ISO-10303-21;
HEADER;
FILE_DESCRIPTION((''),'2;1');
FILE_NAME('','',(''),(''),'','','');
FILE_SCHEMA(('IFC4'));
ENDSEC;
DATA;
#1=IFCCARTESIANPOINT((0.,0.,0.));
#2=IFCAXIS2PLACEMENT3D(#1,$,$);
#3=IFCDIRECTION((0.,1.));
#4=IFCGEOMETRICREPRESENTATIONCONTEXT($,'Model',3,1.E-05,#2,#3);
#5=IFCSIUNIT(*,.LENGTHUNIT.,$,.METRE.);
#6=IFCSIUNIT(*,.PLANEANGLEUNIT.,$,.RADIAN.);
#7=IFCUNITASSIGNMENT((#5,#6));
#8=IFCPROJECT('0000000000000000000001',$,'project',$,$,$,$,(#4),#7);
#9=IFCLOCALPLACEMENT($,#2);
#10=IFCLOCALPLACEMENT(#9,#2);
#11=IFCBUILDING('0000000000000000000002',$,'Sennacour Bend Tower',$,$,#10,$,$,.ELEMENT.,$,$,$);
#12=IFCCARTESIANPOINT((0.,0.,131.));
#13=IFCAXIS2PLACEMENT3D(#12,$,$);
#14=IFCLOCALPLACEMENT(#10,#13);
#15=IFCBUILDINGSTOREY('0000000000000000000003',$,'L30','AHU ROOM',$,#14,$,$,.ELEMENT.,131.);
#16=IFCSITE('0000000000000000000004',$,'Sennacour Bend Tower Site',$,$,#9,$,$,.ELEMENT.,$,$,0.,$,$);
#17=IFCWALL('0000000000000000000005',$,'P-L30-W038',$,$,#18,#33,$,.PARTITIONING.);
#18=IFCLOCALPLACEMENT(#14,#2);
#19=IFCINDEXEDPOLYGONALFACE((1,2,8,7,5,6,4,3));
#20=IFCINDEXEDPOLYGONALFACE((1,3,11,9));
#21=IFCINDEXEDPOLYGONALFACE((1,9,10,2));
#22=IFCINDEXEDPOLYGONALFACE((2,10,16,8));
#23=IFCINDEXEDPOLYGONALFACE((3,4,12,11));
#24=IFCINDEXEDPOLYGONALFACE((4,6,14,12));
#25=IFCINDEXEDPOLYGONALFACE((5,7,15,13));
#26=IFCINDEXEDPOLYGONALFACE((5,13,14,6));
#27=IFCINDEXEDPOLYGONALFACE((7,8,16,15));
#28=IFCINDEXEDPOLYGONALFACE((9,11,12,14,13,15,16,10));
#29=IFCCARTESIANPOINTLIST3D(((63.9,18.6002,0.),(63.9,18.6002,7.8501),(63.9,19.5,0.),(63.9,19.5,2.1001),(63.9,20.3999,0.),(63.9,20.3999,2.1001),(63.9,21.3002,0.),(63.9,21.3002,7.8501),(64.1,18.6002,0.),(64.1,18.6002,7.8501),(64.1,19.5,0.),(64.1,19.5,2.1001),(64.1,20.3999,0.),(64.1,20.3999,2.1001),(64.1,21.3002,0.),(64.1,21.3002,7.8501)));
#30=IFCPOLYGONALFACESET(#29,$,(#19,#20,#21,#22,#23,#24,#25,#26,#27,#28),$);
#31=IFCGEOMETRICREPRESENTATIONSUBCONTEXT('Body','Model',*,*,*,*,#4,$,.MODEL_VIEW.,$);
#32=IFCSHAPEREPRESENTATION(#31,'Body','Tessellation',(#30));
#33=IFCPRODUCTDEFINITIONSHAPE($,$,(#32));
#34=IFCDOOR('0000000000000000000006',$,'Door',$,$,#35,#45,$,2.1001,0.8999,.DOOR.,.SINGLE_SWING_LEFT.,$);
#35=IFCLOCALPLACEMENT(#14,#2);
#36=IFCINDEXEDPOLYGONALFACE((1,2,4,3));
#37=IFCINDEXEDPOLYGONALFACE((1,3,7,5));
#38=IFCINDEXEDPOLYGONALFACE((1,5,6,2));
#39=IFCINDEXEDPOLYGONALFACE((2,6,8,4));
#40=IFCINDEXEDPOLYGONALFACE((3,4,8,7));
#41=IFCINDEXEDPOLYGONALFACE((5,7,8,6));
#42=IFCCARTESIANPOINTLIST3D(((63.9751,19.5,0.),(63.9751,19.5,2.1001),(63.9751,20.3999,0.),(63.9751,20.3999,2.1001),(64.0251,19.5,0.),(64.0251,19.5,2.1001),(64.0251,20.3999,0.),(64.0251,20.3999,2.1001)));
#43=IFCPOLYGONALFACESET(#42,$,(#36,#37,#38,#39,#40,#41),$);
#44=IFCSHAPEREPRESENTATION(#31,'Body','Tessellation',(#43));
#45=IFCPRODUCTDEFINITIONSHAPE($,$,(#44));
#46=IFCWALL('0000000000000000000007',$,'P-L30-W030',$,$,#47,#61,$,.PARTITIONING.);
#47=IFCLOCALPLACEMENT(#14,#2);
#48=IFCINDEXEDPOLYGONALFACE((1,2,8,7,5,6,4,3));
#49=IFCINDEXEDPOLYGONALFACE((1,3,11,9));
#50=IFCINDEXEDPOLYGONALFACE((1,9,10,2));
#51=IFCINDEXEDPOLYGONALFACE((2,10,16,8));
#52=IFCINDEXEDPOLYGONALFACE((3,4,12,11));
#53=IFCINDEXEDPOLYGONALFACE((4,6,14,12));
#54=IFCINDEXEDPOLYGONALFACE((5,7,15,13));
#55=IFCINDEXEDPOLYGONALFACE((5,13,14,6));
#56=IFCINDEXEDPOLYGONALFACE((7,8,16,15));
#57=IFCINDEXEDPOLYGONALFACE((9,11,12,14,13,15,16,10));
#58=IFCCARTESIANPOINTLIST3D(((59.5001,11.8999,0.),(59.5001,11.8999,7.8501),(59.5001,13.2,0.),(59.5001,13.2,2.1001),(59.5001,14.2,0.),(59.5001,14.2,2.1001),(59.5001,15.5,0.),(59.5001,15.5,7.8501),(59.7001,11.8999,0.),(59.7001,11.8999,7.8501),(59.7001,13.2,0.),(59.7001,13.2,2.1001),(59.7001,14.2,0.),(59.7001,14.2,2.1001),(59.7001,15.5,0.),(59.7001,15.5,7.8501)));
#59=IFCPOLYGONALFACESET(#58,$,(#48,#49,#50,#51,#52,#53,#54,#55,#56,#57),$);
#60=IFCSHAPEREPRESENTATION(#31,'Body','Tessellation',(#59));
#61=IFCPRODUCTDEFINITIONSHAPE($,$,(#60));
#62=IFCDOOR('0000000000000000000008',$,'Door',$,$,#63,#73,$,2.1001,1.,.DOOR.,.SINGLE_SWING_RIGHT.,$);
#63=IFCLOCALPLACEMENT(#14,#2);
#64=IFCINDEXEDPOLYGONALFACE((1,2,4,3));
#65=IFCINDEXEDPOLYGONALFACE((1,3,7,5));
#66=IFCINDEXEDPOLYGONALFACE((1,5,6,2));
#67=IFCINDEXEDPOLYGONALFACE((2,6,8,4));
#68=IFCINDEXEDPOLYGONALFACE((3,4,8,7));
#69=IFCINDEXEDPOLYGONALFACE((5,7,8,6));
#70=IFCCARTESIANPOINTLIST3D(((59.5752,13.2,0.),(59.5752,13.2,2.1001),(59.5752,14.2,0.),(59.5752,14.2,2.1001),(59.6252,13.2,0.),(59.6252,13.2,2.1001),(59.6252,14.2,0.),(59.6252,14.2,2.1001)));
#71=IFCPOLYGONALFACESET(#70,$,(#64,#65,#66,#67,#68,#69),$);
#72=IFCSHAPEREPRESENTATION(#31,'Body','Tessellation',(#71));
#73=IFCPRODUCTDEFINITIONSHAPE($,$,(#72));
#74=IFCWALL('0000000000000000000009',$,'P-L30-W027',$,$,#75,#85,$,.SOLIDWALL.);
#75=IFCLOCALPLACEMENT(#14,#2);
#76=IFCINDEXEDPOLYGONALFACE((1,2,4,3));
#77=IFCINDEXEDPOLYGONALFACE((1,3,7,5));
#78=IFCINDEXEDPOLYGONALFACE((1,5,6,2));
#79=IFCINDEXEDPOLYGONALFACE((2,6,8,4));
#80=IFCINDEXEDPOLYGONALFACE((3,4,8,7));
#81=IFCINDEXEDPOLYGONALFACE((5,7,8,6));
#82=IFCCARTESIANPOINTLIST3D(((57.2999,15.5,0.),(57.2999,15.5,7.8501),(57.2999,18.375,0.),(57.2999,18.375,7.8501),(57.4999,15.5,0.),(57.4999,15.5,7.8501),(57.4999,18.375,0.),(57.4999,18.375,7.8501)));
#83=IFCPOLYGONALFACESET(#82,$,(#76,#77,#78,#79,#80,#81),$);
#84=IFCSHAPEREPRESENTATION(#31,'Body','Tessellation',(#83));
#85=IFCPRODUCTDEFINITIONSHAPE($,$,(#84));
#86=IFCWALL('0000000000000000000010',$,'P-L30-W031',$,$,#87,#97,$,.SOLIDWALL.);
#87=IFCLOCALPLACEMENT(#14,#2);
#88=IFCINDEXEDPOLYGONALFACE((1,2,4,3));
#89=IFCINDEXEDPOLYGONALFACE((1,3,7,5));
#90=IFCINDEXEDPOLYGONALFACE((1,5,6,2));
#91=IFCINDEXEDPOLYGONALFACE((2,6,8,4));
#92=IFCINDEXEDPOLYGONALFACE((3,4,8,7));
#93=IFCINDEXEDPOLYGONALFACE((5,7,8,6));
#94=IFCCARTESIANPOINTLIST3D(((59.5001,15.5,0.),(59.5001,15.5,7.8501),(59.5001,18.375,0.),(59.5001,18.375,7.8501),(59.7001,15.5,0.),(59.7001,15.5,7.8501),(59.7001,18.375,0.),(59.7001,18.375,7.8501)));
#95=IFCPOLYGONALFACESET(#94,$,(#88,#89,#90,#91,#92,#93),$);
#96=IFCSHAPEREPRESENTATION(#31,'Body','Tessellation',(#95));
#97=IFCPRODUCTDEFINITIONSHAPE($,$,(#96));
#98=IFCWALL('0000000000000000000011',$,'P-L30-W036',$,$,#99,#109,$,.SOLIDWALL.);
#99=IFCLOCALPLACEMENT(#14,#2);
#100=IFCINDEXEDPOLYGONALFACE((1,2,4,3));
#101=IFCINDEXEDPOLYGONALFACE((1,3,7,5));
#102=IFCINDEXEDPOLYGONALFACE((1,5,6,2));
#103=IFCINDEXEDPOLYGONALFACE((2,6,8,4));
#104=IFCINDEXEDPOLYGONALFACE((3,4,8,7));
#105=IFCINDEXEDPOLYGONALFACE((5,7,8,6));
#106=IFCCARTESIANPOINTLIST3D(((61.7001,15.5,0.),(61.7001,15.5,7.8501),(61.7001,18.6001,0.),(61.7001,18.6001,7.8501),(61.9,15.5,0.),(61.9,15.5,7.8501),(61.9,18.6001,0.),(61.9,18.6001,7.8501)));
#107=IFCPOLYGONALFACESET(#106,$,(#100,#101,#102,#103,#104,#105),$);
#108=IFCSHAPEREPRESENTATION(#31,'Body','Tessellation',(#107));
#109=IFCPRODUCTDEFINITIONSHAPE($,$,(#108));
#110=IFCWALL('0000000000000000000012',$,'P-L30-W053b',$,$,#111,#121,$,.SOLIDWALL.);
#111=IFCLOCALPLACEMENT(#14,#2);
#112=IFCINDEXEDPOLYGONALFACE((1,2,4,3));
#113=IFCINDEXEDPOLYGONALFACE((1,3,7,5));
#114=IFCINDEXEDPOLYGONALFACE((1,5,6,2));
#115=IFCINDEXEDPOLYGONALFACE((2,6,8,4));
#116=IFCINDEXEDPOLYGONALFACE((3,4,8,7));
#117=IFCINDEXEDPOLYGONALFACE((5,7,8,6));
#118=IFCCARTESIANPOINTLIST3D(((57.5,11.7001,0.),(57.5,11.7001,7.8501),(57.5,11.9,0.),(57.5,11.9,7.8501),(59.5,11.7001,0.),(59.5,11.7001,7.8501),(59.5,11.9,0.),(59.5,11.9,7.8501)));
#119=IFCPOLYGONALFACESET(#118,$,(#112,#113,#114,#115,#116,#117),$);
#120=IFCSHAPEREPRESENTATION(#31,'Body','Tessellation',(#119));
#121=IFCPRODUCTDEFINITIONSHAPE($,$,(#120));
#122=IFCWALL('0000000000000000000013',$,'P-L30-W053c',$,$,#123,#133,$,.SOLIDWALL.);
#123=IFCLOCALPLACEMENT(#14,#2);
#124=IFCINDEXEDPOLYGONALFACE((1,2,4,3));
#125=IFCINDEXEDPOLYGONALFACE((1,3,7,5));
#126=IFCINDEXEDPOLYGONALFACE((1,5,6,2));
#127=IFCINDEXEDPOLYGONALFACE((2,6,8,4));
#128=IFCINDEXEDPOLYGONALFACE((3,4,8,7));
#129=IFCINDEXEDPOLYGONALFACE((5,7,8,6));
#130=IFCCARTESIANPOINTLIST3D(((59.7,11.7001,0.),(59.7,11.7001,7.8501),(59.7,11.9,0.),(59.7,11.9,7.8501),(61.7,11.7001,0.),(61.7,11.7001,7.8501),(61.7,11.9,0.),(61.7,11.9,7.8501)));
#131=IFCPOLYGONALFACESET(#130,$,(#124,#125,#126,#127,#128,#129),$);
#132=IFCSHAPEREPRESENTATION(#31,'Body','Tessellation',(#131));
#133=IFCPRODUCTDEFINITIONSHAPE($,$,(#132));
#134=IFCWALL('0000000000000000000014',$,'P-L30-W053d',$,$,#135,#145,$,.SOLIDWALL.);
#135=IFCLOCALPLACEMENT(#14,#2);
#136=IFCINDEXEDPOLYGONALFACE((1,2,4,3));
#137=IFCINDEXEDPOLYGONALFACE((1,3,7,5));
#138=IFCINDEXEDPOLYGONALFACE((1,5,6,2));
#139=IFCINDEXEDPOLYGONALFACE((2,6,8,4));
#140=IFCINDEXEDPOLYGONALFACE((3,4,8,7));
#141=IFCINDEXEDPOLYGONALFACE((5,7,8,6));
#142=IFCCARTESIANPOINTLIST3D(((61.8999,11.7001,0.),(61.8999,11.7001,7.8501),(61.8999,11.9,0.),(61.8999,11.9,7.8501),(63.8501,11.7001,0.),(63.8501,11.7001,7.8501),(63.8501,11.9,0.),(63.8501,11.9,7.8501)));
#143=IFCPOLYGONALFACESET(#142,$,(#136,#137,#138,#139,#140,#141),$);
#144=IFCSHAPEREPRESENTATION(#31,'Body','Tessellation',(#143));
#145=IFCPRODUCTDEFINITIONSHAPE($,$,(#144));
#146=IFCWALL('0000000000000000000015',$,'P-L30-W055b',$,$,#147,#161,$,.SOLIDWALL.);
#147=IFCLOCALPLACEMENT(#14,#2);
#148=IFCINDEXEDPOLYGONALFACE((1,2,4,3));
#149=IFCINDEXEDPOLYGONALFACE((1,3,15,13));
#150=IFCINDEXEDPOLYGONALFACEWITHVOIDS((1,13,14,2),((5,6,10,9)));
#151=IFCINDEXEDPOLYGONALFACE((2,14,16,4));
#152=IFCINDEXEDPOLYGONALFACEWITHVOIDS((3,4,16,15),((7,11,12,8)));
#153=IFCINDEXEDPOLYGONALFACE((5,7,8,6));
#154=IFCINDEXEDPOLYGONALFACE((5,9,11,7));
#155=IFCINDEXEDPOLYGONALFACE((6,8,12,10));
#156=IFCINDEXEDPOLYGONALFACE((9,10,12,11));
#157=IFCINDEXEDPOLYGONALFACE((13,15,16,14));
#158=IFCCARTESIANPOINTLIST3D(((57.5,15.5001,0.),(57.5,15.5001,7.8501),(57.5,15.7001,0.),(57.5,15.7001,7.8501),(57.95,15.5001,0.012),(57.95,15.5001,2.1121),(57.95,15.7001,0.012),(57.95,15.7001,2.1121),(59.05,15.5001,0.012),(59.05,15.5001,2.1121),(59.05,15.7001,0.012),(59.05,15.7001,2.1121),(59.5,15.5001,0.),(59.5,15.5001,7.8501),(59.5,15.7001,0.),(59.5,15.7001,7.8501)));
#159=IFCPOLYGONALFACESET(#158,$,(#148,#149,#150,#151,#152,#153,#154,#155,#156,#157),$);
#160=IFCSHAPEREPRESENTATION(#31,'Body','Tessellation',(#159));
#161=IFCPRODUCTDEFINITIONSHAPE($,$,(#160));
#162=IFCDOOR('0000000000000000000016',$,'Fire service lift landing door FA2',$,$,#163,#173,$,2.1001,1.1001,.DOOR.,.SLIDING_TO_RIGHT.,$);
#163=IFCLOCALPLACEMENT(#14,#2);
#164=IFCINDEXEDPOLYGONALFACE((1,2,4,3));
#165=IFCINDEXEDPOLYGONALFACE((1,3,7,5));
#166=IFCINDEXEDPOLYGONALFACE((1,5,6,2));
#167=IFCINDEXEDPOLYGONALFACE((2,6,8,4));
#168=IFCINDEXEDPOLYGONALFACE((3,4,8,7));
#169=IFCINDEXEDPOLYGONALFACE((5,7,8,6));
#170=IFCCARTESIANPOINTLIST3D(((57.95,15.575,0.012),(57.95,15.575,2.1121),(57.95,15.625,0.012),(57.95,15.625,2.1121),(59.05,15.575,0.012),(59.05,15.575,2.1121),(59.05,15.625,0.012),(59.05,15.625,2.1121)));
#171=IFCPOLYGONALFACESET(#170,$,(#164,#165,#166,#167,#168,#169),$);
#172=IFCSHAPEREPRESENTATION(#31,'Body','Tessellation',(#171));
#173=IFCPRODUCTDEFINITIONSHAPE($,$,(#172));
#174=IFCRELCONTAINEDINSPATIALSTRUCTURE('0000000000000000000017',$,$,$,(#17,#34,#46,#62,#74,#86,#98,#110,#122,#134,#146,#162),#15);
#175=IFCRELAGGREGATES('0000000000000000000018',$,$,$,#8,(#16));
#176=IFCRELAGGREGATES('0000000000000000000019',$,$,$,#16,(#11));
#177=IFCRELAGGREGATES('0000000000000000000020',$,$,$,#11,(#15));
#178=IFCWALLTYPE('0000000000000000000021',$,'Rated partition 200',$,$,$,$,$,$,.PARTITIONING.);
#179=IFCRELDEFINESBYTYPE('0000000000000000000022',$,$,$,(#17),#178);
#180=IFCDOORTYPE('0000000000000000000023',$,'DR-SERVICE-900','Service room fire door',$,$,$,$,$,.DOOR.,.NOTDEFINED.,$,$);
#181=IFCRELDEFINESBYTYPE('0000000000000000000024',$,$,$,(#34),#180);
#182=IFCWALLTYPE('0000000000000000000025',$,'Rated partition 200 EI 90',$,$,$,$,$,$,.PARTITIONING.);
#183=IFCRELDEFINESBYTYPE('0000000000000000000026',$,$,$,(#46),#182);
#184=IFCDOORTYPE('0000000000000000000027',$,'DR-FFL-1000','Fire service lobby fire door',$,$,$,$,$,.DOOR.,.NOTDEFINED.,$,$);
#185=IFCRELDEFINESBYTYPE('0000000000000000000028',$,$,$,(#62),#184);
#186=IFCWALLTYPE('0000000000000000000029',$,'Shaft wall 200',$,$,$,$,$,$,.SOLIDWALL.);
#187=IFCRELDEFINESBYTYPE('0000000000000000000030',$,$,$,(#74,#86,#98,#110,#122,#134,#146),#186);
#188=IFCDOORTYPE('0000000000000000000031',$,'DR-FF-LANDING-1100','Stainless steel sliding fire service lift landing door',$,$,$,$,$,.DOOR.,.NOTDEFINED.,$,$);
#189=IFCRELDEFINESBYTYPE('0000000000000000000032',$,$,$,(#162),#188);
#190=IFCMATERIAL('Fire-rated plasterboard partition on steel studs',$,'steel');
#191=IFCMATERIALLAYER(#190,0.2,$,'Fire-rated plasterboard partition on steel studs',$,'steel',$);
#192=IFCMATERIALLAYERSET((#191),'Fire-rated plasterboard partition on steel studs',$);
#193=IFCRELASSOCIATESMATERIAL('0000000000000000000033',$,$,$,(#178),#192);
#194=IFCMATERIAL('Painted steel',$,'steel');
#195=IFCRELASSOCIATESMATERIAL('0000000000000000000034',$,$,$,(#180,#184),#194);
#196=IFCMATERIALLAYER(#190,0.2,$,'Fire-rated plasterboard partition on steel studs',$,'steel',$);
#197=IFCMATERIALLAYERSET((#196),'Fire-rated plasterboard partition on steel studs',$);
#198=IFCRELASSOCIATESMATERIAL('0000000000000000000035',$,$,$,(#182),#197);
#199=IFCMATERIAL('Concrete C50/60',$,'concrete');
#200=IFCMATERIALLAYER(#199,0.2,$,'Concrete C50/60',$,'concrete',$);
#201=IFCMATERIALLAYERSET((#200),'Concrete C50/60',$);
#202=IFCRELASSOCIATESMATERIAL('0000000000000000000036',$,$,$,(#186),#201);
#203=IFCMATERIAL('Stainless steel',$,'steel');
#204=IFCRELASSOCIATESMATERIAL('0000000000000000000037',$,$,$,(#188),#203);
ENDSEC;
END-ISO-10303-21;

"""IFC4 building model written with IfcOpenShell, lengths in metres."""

from ifc_helpers import new_model, si_unit, direction, frame, frame_2d, origin, place, context, subcontext, project, spatial, rectangle, extrude, material, layer, layer_set, type_object, element, fill, save


model = new_model("IFC4")

# Units and contexts
model_context = context("Model", 3, precision=1e-05, world=origin(), true_north=direction((0.0, 1.0)))
body_context = subcontext(model_context, "Body", "Model", "MODEL_VIEW")
ifc_project = project(units=[si_unit("LENGTHUNIT", "METRE"), si_unit("PLANEANGLEUNIT", "RADIAN")], contexts=[model_context])

# Site, building, storey
site_placement = place(None, origin())
site = spatial("IfcSite", under=ifc_project, at=site_placement, Name="Sennacour Bend Tower Site", CompositionType="ELEMENT", RefElevation=0.0)
building_placement = place(site_placement, origin())
building = spatial("IfcBuilding", under=site, at=building_placement, Name="Sennacour Bend Tower", CompositionType="ELEMENT")
storey_placement = place(building_placement, frame((0.0, 0.0, 131.0)))
storey = spatial("IfcBuildingStorey", under=building, at=storey_placement, Name="L30", Description="AHU ROOM", CompositionType="ELEMENT", Elevation=131.0)

# Walls, openings, doors
ifc_material_1 = material(Name="Fire-rated plasterboard partition on steel studs", Category="steel")
ifc_layer_1 = layer(ifc_material_1, 0.2, Name="Fire-rated plasterboard partition on steel studs", Category="steel")
ifc_layer_set_1 = layer_set([ifc_layer_1], Name="Fire-rated plasterboard partition on steel studs")
wall_type_1 = type_object("IfcWallType", Name="Rated partition 200", PredefinedType="PARTITIONING", material=ifc_layer_set_1)
wall_1_placement = place(storey_placement, frame((64.0, 18.6001, 0.0), z_axis=(0.0, 0.0, 1.0), x_axis=(0.0, 1.0, 0.0)))
wall_1 = element("IfcWall", 1, at=wall_1_placement, inside=storey, type_object=wall_type_1, Name="P-L30-W038", PredefinedType="PARTITIONING", context=body_context, shape_type="SweptSolid", body=[
    extrude(rectangle(XDim=2.7, YDim=0.2, at=frame_2d((1.3501, 0.0))), origin(), (0.0, 0.0, 1.0), 7.8501),
])
opening_1_placement = place(wall_1_placement, frame((0.8999, 0.0, 0.0)))
opening_1 = element("IfcOpeningElement", 2, at=opening_1_placement, cuts=wall_1, PredefinedType="OPENING", context=body_context, shape_type="SweptSolid", body=[
    extrude(rectangle(XDim=0.8999, YDim=2.1001, at=frame_2d((0.45, 1.05))), frame((0.0, 0.1099, 0.0), z_axis=(0.0, -1.0, 0.0), x_axis=(1.0, 0.0, 0.0)), (0.0, 0.0, 1.0), 0.22),
])
ifc_material_2 = material(Name="Painted steel", Category="steel")
door_type_1 = type_object("IfcDoorType", Name="DR-SERVICE-900", Description="Service room fire door", OperationType="NOTDEFINED", PredefinedType="DOOR", material=ifc_material_2)
door_1_placement = place(opening_1_placement, origin())
door_1 = element("IfcDoor", 3, at=door_1_placement, inside=storey, type_object=door_type_1, Name="Door", OperationType="SINGLE_SWING_LEFT", OverallHeight=2.1001, OverallWidth=0.8999, PredefinedType="DOOR", context=body_context, shape_type="SweptSolid", body=[
    extrude(rectangle(XDim=0.8999, YDim=2.1001, at=frame_2d((0.45, 1.05))), frame((0.0, 0.0249, 0.0), z_axis=(0.0, -1.0, 0.0), x_axis=(1.0, 0.0, 0.0)), (0.0, 0.0, 1.0), 0.05),
])
fill(opening_1, door_1)
ifc_layer_2 = layer(ifc_material_1, 0.2, Name="Fire-rated plasterboard partition on steel studs", Category="steel")
ifc_layer_set_2 = layer_set([ifc_layer_2], Name="Fire-rated plasterboard partition on steel studs")
wall_type_2 = type_object("IfcWallType", Name="Rated partition 200 EI 90", PredefinedType="PARTITIONING", material=ifc_layer_set_2)
wall_2_placement = place(storey_placement, frame((59.6001, 11.8999, 0.0), z_axis=(0.0, 0.0, 1.0), x_axis=(0.0, 1.0, 0.0)))
wall_2 = element("IfcWall", 4, at=wall_2_placement, inside=storey, type_object=wall_type_2, Name="P-L30-W030", PredefinedType="PARTITIONING", context=body_context, shape_type="SweptSolid", body=[
    extrude(rectangle(XDim=3.6001, YDim=0.2, at=frame_2d((1.8, 0.0))), origin(), (0.0, 0.0, 1.0), 7.8501),
])
opening_2_placement = place(wall_2_placement, frame((1.3, 0.0, 0.0)))
opening_2 = element("IfcOpeningElement", 5, at=opening_2_placement, cuts=wall_2, PredefinedType="OPENING", context=body_context, shape_type="SweptSolid", body=[
    extrude(rectangle(XDim=1.0, YDim=2.1001, at=frame_2d((0.5, 1.05))), frame((0.0, 0.1099, 0.0), z_axis=(0.0, -1.0, 0.0), x_axis=(1.0, 0.0, 0.0)), (0.0, 0.0, 1.0), 0.22),
])
door_type_2 = type_object("IfcDoorType", Name="DR-FFL-1000", Description="Fire service lobby fire door", OperationType="NOTDEFINED", PredefinedType="DOOR", material=ifc_material_2)
door_2_placement = place(opening_2_placement, origin())
door_2 = element("IfcDoor", 6, at=door_2_placement, inside=storey, type_object=door_type_2, Name="Door", OperationType="SINGLE_SWING_RIGHT", OverallHeight=2.1001, OverallWidth=1.0, PredefinedType="DOOR", context=body_context, shape_type="SweptSolid", body=[
    extrude(rectangle(XDim=1.0, YDim=2.1001, at=frame_2d((0.5, 1.05))), frame((0.0, 0.0249, 0.0), z_axis=(0.0, -1.0, 0.0), x_axis=(1.0, 0.0, 0.0)), (0.0, 0.0, 1.0), 0.05),
])
fill(opening_2, door_2)

# Walls
ifc_material_3 = material(Name="Concrete C50/60", Category="concrete")
ifc_layer_3 = layer(ifc_material_3, 0.2, Name="Concrete C50/60", Category="concrete")
ifc_layer_set_3 = layer_set([ifc_layer_3], Name="Concrete C50/60")
wall_type_3 = type_object("IfcWallType", Name="Shaft wall 200", PredefinedType="SOLIDWALL", material=ifc_layer_set_3)
for number, where, z_axis, x_axis, name in (
    (7, (57.3999, 15.5, 0.0), (0.0, 0.0, 1.0), (0.0, 1.0, 0.0), "P-L30-W027"),
    (8, (59.6001, 15.5, 0.0), (0.0, 0.0, 1.0), (0.0, 1.0, 0.0), "P-L30-W031"),
):
    element("IfcWall", number, at=place(storey_placement, frame(where, z_axis=z_axis, x_axis=x_axis)), inside=storey, type_object=wall_type_3, Name=name, PredefinedType="SOLIDWALL", context=body_context, shape_type="SweptSolid", body=[
        extrude(rectangle(XDim=2.875, YDim=0.2, at=frame_2d((1.4375, 0.0))), origin(), (0.0, 0.0, 1.0), 7.8501),
    ])
wall_3_placement = place(storey_placement, frame((61.8, 15.5, 0.0), z_axis=(0.0, 0.0, 1.0), x_axis=(0.0, 1.0, 0.0)))
element("IfcWall", 9, at=wall_3_placement, inside=storey, type_object=wall_type_3, Name="P-L30-W036", PredefinedType="SOLIDWALL", context=body_context, shape_type="SweptSolid", body=[
    extrude(rectangle(XDim=3.1001, YDim=0.2, at=frame_2d((1.55, 0.0))), origin(), (0.0, 0.0, 1.0), 7.8501),
])
for number, where, z_axis, x_axis, name in (
    (10, (57.5, 11.8, 0.0), (0.0, 0.0, 1.0), (1.0, 0.0, 0.0), "P-L30-W053b"),
    (11, (59.7, 11.8, 0.0), (0.0, 0.0, 1.0), (1.0, 0.0, 0.0), "P-L30-W053c"),
):
    element("IfcWall", number, at=place(storey_placement, frame(where, z_axis=z_axis, x_axis=x_axis)), inside=storey, type_object=wall_type_3, Name=name, PredefinedType="SOLIDWALL", context=body_context, shape_type="SweptSolid", body=[
        extrude(rectangle(XDim=2.0, YDim=0.2, at=frame_2d((1.0, 0.0))), origin(), (0.0, 0.0, 1.0), 7.8501),
    ])
wall_4_placement = place(storey_placement, frame((61.8999, 11.8, 0.0), z_axis=(0.0, 0.0, 1.0), x_axis=(1.0, 0.0, 0.0)))
element("IfcWall", 12, at=wall_4_placement, inside=storey, type_object=wall_type_3, Name="P-L30-W053d", PredefinedType="SOLIDWALL", context=body_context, shape_type="SweptSolid", body=[
    extrude(rectangle(XDim=1.9502, YDim=0.2, at=frame_2d((0.9751, 0.0))), origin(), (0.0, 0.0, 1.0), 7.8501),
])

# Wall, opening, door
wall_5_placement = place(storey_placement, frame((57.5, 15.6001, 0.0), z_axis=(0.0, 0.0, 1.0), x_axis=(1.0, 0.0, 0.0)))
wall_5 = element("IfcWall", 13, at=wall_5_placement, inside=storey, type_object=wall_type_3, Name="P-L30-W055b", PredefinedType="SOLIDWALL", context=body_context, shape_type="SweptSolid", body=[
    extrude(rectangle(XDim=2.0, YDim=0.2, at=frame_2d((1.0, 0.0))), origin(), (0.0, 0.0, 1.0), 7.8501),
])
opening_3_placement = place(wall_5_placement, frame((0.45, 0.0, 0.012)))
opening_3 = element("IfcOpeningElement", 14, at=opening_3_placement, cuts=wall_5, PredefinedType="OPENING", context=body_context, shape_type="SweptSolid", body=[
    extrude(rectangle(XDim=1.1001, YDim=2.1001, at=frame_2d((0.55, 1.05))), frame((0.0, 0.1099, 0.0), z_axis=(0.0, -1.0, 0.0), x_axis=(1.0, 0.0, 0.0)), (0.0, 0.0, 1.0), 0.22),
])
ifc_material_4 = material(Name="Stainless steel", Category="steel")
door_type_3 = type_object("IfcDoorType", Name="DR-FF-LANDING-1100", Description="Stainless steel sliding fire service lift landing door", OperationType="NOTDEFINED", PredefinedType="DOOR", material=ifc_material_4)
door_3_placement = place(opening_3_placement, origin())
door_3 = element("IfcDoor", 15, at=door_3_placement, inside=storey, type_object=door_type_3, Name="Fire service lift landing door FA2", OperationType="SLIDING_TO_RIGHT", OverallHeight=2.1001, OverallWidth=1.1001, PredefinedType="DOOR", context=body_context, shape_type="SweptSolid", body=[
    extrude(rectangle(XDim=1.1001, YDim=2.1001, at=frame_2d((0.55, 1.05))), frame((0.0, 0.0249, 0.0), z_axis=(0.0, -1.0, 0.0), x_axis=(1.0, 0.0, 0.0)), (0.0, 0.0, 1.0), 0.05),
])
fill(opening_3, door_3)

save(model, "model.ifc")
